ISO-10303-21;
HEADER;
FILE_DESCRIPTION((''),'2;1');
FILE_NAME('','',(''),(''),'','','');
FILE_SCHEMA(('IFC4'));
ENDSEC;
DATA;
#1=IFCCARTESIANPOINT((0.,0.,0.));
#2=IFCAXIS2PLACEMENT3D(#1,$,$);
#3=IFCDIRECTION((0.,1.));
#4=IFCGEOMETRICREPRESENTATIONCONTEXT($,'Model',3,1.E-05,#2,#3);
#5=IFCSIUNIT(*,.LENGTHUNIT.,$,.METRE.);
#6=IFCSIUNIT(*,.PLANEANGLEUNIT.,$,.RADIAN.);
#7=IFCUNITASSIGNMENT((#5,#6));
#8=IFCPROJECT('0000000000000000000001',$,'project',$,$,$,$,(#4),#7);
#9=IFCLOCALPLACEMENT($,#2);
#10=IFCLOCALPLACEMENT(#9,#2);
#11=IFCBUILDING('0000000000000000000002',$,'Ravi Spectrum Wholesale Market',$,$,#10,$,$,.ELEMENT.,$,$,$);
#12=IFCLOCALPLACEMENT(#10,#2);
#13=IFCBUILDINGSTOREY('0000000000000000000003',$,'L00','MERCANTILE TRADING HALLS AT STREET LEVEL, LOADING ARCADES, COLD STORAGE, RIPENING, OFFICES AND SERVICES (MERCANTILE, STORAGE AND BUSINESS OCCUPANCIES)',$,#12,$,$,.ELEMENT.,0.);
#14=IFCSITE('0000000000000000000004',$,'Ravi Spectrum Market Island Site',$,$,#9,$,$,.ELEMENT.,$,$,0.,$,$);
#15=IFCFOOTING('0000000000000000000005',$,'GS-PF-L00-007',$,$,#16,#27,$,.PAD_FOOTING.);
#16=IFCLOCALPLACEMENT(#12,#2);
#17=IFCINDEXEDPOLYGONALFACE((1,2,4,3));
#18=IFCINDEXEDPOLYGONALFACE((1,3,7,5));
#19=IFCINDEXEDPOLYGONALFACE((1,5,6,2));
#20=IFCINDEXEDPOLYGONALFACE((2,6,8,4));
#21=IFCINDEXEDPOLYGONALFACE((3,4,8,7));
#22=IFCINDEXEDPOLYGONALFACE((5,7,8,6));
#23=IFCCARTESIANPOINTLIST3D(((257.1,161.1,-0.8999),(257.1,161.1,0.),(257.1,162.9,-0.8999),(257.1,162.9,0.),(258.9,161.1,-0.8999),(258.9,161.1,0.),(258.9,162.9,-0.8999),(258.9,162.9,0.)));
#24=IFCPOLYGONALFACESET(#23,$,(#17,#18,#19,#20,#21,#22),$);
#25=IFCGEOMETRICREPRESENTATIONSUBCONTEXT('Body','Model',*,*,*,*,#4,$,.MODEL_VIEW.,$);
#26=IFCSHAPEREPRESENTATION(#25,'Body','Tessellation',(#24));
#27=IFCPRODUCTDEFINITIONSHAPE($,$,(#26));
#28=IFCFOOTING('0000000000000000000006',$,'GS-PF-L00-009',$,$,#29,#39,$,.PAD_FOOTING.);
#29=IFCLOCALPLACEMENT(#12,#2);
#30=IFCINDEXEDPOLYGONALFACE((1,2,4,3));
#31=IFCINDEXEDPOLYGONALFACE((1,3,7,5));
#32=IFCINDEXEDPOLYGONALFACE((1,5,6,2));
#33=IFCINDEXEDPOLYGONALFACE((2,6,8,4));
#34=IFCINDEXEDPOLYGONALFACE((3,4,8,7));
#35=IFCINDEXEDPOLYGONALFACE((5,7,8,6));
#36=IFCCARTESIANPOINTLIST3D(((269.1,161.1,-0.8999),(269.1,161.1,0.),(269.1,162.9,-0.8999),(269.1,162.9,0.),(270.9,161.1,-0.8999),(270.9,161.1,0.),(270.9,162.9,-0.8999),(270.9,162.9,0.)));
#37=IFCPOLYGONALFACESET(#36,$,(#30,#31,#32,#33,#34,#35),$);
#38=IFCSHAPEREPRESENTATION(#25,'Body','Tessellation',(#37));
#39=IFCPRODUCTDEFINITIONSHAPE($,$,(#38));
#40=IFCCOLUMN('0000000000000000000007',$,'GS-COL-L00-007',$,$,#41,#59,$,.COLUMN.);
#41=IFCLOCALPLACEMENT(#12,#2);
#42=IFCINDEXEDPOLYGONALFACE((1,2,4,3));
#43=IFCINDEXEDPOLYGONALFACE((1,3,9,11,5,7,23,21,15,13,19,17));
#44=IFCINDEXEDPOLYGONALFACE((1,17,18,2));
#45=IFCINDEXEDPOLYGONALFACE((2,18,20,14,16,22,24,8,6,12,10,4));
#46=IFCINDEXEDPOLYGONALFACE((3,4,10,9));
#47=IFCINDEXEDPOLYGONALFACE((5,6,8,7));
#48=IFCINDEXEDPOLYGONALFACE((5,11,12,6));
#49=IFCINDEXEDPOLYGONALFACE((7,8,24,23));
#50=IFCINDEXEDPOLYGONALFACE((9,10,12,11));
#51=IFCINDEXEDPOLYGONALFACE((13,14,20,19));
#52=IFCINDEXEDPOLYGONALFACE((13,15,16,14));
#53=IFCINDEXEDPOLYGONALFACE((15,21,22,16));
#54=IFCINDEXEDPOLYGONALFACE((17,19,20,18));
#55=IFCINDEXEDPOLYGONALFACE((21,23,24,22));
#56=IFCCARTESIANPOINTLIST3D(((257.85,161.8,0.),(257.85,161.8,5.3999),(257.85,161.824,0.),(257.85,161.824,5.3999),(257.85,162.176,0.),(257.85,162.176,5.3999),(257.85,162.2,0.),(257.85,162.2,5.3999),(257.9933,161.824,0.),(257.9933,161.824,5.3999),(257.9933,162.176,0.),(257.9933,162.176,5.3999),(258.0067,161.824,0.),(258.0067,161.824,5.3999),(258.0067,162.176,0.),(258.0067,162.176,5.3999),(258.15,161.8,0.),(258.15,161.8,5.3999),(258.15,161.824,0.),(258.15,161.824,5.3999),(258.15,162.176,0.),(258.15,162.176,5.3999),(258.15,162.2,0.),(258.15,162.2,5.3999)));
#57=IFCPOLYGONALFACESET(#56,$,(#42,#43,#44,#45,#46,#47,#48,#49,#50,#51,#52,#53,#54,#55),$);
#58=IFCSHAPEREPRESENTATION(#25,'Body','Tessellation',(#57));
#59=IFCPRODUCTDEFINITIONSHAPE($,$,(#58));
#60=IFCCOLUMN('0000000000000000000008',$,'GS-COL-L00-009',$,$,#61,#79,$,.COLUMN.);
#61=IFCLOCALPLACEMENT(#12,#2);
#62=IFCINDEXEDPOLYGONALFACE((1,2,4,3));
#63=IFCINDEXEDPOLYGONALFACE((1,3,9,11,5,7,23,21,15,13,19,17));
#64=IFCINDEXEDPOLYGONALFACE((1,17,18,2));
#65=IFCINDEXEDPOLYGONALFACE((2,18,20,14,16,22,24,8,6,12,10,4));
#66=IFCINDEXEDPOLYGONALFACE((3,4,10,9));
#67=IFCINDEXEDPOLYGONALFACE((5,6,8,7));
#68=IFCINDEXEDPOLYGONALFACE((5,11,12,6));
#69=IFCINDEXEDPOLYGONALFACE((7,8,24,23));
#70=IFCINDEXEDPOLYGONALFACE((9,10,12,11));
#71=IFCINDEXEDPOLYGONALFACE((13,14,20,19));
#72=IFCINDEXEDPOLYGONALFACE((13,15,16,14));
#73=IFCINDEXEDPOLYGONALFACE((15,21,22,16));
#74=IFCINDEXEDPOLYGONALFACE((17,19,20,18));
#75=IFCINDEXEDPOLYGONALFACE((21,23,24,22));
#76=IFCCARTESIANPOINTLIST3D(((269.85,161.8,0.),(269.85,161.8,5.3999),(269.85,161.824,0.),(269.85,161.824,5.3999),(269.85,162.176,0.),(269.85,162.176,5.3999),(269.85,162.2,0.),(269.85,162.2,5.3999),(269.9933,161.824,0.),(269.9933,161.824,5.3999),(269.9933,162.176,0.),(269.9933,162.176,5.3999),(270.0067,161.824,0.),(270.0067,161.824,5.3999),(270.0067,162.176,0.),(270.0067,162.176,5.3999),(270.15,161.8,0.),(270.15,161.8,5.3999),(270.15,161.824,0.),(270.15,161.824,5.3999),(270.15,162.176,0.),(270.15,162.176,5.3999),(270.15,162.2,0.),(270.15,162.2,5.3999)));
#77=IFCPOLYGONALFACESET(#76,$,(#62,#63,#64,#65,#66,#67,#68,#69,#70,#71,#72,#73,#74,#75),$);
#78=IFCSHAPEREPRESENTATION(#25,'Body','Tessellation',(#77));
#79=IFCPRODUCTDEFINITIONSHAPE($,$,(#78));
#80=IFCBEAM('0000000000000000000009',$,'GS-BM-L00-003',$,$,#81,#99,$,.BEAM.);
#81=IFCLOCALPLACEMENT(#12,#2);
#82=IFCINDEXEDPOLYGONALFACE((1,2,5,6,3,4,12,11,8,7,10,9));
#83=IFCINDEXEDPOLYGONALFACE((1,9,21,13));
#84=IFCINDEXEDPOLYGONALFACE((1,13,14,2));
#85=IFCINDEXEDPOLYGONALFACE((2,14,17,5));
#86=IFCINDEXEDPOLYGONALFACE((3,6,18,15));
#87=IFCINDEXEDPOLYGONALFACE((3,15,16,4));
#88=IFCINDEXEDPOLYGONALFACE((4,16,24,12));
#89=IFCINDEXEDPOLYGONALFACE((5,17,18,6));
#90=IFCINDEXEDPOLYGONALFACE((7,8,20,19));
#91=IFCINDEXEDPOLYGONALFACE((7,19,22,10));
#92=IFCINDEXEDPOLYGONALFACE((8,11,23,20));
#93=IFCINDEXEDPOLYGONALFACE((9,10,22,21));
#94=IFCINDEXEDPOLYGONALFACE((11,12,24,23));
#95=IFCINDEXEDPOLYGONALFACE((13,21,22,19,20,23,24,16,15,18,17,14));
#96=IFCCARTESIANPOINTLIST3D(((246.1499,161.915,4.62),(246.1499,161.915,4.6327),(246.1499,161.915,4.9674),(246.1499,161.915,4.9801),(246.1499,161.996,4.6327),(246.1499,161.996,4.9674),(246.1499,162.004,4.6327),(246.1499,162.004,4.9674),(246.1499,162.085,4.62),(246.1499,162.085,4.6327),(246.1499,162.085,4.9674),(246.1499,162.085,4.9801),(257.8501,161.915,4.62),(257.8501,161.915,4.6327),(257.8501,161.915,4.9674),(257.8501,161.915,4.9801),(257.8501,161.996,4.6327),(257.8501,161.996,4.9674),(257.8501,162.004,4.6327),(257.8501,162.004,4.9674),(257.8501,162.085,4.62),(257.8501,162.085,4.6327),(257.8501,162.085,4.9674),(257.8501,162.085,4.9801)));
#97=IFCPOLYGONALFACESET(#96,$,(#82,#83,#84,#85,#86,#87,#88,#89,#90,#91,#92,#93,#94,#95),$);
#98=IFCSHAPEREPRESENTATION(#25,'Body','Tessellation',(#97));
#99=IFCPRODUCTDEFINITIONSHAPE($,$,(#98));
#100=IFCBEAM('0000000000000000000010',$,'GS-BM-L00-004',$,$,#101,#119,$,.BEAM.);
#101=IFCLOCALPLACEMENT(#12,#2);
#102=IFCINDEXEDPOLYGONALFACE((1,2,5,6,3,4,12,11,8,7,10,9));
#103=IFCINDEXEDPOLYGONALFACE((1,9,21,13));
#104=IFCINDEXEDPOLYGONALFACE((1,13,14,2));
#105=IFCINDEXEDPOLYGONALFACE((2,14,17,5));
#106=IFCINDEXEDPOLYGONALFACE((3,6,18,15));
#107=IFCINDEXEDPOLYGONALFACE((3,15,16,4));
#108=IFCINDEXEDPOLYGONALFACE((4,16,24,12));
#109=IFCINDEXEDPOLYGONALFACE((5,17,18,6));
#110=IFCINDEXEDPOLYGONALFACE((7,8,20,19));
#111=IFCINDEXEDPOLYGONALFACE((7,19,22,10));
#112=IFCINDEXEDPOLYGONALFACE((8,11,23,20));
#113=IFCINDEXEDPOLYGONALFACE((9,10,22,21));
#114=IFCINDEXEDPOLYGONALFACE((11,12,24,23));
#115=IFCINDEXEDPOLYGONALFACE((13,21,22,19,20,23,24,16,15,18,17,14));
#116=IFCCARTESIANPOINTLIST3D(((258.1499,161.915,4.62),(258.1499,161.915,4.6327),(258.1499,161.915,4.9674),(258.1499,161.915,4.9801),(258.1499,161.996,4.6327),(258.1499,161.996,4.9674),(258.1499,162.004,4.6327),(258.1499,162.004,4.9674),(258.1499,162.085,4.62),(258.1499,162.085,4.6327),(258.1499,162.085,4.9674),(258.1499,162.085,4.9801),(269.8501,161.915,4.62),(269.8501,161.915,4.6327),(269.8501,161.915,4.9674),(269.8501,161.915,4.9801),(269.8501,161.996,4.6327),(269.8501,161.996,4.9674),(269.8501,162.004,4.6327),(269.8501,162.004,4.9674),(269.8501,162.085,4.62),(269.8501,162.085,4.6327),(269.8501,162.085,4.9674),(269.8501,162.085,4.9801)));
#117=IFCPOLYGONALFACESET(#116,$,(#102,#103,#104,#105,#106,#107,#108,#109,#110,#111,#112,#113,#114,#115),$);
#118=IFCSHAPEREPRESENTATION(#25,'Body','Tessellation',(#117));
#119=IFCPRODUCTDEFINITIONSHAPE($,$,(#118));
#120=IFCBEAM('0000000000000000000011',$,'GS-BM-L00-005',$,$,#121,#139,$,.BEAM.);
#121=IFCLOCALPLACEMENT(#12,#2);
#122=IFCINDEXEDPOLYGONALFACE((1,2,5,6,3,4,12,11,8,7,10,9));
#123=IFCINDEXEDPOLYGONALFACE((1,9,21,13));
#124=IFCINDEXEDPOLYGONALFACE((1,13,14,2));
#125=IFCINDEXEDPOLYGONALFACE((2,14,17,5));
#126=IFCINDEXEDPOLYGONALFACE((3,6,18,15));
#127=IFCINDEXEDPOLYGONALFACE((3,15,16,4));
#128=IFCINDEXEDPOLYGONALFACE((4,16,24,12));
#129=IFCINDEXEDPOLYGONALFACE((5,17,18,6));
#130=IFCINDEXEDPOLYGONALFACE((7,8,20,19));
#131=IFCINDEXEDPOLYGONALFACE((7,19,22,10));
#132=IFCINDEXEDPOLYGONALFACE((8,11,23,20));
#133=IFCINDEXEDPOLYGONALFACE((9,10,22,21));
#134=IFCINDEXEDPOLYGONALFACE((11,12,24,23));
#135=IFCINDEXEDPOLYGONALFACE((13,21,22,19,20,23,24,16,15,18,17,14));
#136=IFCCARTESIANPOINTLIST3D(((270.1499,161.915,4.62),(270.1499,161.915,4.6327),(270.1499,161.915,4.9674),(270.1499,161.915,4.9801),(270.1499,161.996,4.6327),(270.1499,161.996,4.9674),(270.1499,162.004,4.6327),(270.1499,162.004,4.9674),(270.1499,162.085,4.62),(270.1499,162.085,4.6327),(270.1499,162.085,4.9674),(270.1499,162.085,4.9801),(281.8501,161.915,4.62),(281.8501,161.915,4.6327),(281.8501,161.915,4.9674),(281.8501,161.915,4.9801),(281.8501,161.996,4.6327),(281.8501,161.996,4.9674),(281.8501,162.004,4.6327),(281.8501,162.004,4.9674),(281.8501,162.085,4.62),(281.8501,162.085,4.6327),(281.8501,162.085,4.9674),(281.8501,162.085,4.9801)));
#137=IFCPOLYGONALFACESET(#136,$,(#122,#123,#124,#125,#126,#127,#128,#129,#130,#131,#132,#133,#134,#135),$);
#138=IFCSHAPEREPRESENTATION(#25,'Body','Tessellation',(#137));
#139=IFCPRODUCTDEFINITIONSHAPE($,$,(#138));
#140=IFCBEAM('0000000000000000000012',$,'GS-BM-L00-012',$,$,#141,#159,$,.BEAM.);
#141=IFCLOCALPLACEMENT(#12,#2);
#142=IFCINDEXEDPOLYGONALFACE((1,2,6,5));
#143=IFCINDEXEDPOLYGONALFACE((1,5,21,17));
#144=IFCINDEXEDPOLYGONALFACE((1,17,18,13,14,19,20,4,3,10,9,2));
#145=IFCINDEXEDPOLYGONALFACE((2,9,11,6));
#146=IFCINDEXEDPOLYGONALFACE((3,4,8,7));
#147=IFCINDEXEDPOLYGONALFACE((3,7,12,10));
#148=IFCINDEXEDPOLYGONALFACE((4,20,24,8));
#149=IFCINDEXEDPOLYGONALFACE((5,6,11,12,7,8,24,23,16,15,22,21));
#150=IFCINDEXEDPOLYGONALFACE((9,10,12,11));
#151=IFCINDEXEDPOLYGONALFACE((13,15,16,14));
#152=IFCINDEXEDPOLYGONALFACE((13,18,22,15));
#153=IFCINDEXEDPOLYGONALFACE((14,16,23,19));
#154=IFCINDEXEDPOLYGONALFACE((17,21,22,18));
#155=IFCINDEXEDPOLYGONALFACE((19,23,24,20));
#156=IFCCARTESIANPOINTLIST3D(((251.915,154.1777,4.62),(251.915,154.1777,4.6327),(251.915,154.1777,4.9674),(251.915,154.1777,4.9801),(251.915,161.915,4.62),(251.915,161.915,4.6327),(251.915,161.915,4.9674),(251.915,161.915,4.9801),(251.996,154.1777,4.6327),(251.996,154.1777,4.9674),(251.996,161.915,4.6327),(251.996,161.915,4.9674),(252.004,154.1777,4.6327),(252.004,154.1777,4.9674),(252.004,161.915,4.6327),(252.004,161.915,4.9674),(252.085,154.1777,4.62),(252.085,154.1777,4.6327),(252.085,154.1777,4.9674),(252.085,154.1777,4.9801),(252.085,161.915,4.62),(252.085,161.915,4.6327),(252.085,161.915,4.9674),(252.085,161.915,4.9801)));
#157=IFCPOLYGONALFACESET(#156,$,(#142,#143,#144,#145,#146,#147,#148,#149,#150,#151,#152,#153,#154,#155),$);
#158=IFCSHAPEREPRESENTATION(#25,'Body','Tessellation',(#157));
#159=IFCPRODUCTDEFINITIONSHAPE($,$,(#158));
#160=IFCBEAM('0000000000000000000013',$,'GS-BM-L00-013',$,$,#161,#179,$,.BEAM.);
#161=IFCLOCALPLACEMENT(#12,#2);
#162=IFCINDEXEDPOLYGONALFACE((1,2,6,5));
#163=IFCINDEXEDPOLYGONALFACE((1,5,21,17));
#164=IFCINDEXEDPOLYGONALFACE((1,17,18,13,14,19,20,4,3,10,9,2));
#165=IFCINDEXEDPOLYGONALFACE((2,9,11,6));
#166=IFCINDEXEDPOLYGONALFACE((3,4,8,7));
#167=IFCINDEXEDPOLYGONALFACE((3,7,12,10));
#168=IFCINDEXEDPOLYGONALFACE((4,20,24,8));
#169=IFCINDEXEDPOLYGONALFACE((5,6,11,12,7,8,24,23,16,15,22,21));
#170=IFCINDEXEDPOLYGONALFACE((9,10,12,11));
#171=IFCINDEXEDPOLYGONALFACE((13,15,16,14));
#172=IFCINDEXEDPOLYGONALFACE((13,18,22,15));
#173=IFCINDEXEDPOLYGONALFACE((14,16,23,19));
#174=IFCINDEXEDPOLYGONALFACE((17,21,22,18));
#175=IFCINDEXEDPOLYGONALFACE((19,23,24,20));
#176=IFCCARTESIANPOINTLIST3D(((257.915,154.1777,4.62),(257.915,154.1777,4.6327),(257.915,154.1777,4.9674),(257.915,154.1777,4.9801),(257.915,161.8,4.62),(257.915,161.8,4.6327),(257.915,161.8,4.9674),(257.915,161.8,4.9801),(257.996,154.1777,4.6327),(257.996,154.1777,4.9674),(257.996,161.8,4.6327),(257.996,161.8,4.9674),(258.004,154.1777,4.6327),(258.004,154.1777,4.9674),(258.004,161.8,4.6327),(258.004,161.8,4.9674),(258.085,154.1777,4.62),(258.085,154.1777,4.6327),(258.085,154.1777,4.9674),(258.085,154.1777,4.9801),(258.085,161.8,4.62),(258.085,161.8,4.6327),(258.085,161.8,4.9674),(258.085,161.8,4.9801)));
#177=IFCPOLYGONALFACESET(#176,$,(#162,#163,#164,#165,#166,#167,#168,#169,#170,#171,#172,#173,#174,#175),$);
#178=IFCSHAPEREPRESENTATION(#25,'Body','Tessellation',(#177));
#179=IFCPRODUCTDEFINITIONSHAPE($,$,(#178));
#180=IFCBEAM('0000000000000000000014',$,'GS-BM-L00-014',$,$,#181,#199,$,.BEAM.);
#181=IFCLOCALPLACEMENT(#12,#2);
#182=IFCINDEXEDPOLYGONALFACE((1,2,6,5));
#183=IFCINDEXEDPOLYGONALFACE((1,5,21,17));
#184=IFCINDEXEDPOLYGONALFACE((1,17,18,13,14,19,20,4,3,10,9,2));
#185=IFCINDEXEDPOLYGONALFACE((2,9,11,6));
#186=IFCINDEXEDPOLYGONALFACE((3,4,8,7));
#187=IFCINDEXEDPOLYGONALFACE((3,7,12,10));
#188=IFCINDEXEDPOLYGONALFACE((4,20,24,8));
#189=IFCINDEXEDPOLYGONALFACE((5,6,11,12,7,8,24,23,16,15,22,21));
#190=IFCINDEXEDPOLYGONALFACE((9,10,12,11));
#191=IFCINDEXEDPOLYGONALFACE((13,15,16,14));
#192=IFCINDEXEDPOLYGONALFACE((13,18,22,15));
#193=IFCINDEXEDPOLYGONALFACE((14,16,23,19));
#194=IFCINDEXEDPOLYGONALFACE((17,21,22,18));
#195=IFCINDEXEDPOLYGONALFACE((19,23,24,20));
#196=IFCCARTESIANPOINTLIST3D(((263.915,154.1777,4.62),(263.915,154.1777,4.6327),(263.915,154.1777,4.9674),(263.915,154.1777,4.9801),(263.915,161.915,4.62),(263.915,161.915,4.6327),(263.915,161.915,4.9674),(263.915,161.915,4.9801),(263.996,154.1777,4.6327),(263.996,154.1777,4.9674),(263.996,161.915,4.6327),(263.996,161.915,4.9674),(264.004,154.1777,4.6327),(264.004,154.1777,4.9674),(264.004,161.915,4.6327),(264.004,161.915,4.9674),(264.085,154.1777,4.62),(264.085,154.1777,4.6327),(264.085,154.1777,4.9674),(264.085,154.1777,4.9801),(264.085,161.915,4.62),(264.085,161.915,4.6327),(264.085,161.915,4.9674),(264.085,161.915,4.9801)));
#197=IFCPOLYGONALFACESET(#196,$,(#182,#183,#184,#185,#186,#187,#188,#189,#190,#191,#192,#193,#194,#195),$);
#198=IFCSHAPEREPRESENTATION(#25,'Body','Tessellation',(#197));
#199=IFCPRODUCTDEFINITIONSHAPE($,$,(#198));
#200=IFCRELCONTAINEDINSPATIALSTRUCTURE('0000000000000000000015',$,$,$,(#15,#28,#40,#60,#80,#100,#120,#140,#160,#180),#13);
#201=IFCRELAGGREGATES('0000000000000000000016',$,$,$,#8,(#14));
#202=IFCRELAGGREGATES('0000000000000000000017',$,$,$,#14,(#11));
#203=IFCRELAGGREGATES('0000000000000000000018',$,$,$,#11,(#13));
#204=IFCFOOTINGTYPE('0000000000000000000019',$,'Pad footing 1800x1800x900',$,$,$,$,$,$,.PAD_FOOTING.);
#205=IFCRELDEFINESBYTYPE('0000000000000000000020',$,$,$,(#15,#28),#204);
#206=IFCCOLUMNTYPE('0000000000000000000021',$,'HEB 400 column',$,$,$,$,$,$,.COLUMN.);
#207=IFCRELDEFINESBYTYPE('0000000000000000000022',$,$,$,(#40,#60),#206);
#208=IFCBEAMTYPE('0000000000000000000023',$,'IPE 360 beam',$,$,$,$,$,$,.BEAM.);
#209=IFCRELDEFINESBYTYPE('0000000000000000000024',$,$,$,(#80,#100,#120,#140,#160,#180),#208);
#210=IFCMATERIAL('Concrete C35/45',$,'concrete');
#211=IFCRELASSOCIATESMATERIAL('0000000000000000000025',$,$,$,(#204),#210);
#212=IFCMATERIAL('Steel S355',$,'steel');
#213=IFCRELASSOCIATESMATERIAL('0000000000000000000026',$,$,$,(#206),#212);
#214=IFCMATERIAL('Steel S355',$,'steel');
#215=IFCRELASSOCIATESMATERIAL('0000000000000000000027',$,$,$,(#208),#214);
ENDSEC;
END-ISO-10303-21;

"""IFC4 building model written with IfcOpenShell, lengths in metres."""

from ifc_helpers import new_model, si_unit, direction, frame, origin, origin_2d, place, context, subcontext, project, spatial, rectangle, i_section, extrude, material, material_profile, profile_set, type_object, element, save


model = new_model("IFC4")

# Units and contexts
model_context = context("Model", 3, precision=1e-05, world=origin(), true_north=direction((0.0, 1.0)))
body_context = subcontext(model_context, "Body", "Model", "MODEL_VIEW")
ifc_project = project(units=[si_unit("LENGTHUNIT", "METRE"), si_unit("PLANEANGLEUNIT", "RADIAN")], contexts=[model_context])

# Site, building, storey
site_placement = place(None, origin())
site = spatial("IfcSite", under=ifc_project, at=site_placement, Name="Ravi Spectrum Market Island Site", CompositionType="ELEMENT", RefElevation=0.0)
building_placement = place(site_placement, origin())
building = spatial("IfcBuilding", under=site, at=building_placement, Name="Ravi Spectrum Wholesale Market", CompositionType="ELEMENT")
storey_placement = place(building_placement, origin())
storey = spatial("IfcBuildingStorey", under=building, at=storey_placement, Name="L00", Description="MERCANTILE TRADING HALLS AT STREET LEVEL, LOADING ARCADES, COLD STORAGE, RIPENING, OFFICES AND SERVICES (MERCANTILE, STORAGE AND BUSINESS OCCUPANCIES)", CompositionType="ELEMENT", Elevation=0.0)

# Footings
ifc_material_1 = material(Name="Concrete C35/45", Category="concrete")
footing_type = type_object("IfcFootingType", Name="Pad footing 1800x1800x900", PredefinedType="PAD_FOOTING", material=ifc_material_1)
for number, where, z_axis, x_axis, name in (
    (1, (258.0, 162.0, -0.8999), (0.0, 0.0, 1.0), (1.0, 0.0, 0.0), "GS-PF-L00-007"),
    (2, (270.0, 162.0, -0.8999), (0.0, 0.0, 1.0), (1.0, 0.0, 0.0), "GS-PF-L00-009"),
):
    element("IfcFooting", number, at=place(storey_placement, frame(where, z_axis=z_axis, x_axis=x_axis)), inside=storey, type_object=footing_type, Name=name, PredefinedType="PAD_FOOTING", context=body_context, shape_type="SweptSolid", body=[
        extrude(rectangle(XDim=1.8, YDim=1.8, at=origin_2d()), origin(), (0.0, 0.0, 1.0), 0.8999),
    ])

# Columns
ifc_material_2 = material(Name="Steel S355", Category="steel")
ifc_material_profile_1 = material_profile(ifc_material_2, i_section(OverallWidth=0.3, OverallDepth=0.3999, WebThickness=0.0134, FlangeThickness=0.0239, at=origin_2d()))
ifc_profile_set_1 = profile_set([ifc_material_profile_1], Name="Steel S355")
column_type = type_object("IfcColumnType", Name="HEB 400 column", PredefinedType="COLUMN", material=ifc_profile_set_1)
for number, where, z_axis, x_axis, name in (
    (3, (258.0, 162.0, 0.0), (0.0, 0.0, 1.0), (1.0, 0.0, 0.0), "GS-COL-L00-007"),
    (4, (270.0, 162.0, 0.0), (0.0, 0.0, 1.0), (1.0, 0.0, 0.0), "GS-COL-L00-009"),
):
    element("IfcColumn", number, at=place(storey_placement, frame(where, z_axis=z_axis, x_axis=x_axis)), inside=storey, type_object=column_type, Name=name, PredefinedType="COLUMN", context=body_context, shape_type="SweptSolid", body=[
        extrude(i_section(OverallWidth=0.3, OverallDepth=0.3999, WebThickness=0.0134, FlangeThickness=0.0239, at=origin_2d()), origin(), (0.0, 0.0, 1.0), 5.3999),
    ])

# Beams
ifc_material_3 = material(Name="Steel S355", Category="steel")
ifc_material_profile_2 = material_profile(ifc_material_3, i_section(OverallWidth=0.1699, OverallDepth=0.3601, WebThickness=0.0081, FlangeThickness=0.0127, at=origin_2d()))
ifc_profile_set_2 = profile_set([ifc_material_profile_2], Name="Steel S355")
beam_type = type_object("IfcBeamType", Name="IPE 360 beam", PredefinedType="BEAM", material=ifc_profile_set_2)
for number, where, z_axis, x_axis, name in (
    (5, (246.1499, 162.0, 4.8), (1.0, 0.0, 0.0), (0.0, 1.0, 0.0), "GS-BM-L00-003"),
    (6, (258.1499, 162.0, 4.8), (1.0, 0.0, 0.0), (0.0, 1.0, 0.0), "GS-BM-L00-004"),
    (7, (270.1499, 162.0, 4.8), (1.0, 0.0, 0.0), (0.0, 1.0, 0.0), "GS-BM-L00-005"),
):
    element("IfcBeam", number, at=place(storey_placement, frame(where, z_axis=z_axis, x_axis=x_axis)), inside=storey, type_object=beam_type, Name=name, PredefinedType="BEAM", context=body_context, shape_type="SweptSolid", body=[
        extrude(i_section(OverallWidth=0.1699, OverallDepth=0.3601, WebThickness=0.0081, FlangeThickness=0.0127, at=origin_2d()), origin(), (0.0, 0.0, 1.0), 11.7002),
    ])
beam_1_placement = place(storey_placement, frame((252.0, 161.915, 4.8), z_axis=(0.0, -1.0, 0.0), x_axis=(1.0, 0.0, 0.0)))
element("IfcBeam", 8, at=beam_1_placement, inside=storey, type_object=beam_type, Name="GS-BM-L00-012", PredefinedType="BEAM", context=body_context, shape_type="SweptSolid", body=[
    extrude(i_section(OverallWidth=0.1699, OverallDepth=0.3601, WebThickness=0.0081, FlangeThickness=0.0127, at=origin_2d()), origin(), (0.0, 0.0, 1.0), 7.7373),
])
beam_2_placement = place(storey_placement, frame((258.0, 161.8, 4.8), z_axis=(0.0, -1.0, 0.0), x_axis=(1.0, 0.0, 0.0)))
element("IfcBeam", 9, at=beam_2_placement, inside=storey, type_object=beam_type, Name="GS-BM-L00-013", PredefinedType="BEAM", context=body_context, shape_type="SweptSolid", body=[
    extrude(i_section(OverallWidth=0.1699, OverallDepth=0.3601, WebThickness=0.0081, FlangeThickness=0.0127, at=origin_2d()), origin(), (0.0, 0.0, 1.0), 7.6223),
])
beam_3_placement = place(storey_placement, frame((264.0, 161.915, 4.8), z_axis=(0.0, -1.0, 0.0), x_axis=(1.0, 0.0, 0.0)))
element("IfcBeam", 10, at=beam_3_placement, inside=storey, type_object=beam_type, Name="GS-BM-L00-014", PredefinedType="BEAM", context=body_context, shape_type="SweptSolid", body=[
    extrude(i_section(OverallWidth=0.1699, OverallDepth=0.3601, WebThickness=0.0081, FlangeThickness=0.0127, at=origin_2d()), origin(), (0.0, 0.0, 1.0), 7.7373),
])

save(model, "model.ifc")
